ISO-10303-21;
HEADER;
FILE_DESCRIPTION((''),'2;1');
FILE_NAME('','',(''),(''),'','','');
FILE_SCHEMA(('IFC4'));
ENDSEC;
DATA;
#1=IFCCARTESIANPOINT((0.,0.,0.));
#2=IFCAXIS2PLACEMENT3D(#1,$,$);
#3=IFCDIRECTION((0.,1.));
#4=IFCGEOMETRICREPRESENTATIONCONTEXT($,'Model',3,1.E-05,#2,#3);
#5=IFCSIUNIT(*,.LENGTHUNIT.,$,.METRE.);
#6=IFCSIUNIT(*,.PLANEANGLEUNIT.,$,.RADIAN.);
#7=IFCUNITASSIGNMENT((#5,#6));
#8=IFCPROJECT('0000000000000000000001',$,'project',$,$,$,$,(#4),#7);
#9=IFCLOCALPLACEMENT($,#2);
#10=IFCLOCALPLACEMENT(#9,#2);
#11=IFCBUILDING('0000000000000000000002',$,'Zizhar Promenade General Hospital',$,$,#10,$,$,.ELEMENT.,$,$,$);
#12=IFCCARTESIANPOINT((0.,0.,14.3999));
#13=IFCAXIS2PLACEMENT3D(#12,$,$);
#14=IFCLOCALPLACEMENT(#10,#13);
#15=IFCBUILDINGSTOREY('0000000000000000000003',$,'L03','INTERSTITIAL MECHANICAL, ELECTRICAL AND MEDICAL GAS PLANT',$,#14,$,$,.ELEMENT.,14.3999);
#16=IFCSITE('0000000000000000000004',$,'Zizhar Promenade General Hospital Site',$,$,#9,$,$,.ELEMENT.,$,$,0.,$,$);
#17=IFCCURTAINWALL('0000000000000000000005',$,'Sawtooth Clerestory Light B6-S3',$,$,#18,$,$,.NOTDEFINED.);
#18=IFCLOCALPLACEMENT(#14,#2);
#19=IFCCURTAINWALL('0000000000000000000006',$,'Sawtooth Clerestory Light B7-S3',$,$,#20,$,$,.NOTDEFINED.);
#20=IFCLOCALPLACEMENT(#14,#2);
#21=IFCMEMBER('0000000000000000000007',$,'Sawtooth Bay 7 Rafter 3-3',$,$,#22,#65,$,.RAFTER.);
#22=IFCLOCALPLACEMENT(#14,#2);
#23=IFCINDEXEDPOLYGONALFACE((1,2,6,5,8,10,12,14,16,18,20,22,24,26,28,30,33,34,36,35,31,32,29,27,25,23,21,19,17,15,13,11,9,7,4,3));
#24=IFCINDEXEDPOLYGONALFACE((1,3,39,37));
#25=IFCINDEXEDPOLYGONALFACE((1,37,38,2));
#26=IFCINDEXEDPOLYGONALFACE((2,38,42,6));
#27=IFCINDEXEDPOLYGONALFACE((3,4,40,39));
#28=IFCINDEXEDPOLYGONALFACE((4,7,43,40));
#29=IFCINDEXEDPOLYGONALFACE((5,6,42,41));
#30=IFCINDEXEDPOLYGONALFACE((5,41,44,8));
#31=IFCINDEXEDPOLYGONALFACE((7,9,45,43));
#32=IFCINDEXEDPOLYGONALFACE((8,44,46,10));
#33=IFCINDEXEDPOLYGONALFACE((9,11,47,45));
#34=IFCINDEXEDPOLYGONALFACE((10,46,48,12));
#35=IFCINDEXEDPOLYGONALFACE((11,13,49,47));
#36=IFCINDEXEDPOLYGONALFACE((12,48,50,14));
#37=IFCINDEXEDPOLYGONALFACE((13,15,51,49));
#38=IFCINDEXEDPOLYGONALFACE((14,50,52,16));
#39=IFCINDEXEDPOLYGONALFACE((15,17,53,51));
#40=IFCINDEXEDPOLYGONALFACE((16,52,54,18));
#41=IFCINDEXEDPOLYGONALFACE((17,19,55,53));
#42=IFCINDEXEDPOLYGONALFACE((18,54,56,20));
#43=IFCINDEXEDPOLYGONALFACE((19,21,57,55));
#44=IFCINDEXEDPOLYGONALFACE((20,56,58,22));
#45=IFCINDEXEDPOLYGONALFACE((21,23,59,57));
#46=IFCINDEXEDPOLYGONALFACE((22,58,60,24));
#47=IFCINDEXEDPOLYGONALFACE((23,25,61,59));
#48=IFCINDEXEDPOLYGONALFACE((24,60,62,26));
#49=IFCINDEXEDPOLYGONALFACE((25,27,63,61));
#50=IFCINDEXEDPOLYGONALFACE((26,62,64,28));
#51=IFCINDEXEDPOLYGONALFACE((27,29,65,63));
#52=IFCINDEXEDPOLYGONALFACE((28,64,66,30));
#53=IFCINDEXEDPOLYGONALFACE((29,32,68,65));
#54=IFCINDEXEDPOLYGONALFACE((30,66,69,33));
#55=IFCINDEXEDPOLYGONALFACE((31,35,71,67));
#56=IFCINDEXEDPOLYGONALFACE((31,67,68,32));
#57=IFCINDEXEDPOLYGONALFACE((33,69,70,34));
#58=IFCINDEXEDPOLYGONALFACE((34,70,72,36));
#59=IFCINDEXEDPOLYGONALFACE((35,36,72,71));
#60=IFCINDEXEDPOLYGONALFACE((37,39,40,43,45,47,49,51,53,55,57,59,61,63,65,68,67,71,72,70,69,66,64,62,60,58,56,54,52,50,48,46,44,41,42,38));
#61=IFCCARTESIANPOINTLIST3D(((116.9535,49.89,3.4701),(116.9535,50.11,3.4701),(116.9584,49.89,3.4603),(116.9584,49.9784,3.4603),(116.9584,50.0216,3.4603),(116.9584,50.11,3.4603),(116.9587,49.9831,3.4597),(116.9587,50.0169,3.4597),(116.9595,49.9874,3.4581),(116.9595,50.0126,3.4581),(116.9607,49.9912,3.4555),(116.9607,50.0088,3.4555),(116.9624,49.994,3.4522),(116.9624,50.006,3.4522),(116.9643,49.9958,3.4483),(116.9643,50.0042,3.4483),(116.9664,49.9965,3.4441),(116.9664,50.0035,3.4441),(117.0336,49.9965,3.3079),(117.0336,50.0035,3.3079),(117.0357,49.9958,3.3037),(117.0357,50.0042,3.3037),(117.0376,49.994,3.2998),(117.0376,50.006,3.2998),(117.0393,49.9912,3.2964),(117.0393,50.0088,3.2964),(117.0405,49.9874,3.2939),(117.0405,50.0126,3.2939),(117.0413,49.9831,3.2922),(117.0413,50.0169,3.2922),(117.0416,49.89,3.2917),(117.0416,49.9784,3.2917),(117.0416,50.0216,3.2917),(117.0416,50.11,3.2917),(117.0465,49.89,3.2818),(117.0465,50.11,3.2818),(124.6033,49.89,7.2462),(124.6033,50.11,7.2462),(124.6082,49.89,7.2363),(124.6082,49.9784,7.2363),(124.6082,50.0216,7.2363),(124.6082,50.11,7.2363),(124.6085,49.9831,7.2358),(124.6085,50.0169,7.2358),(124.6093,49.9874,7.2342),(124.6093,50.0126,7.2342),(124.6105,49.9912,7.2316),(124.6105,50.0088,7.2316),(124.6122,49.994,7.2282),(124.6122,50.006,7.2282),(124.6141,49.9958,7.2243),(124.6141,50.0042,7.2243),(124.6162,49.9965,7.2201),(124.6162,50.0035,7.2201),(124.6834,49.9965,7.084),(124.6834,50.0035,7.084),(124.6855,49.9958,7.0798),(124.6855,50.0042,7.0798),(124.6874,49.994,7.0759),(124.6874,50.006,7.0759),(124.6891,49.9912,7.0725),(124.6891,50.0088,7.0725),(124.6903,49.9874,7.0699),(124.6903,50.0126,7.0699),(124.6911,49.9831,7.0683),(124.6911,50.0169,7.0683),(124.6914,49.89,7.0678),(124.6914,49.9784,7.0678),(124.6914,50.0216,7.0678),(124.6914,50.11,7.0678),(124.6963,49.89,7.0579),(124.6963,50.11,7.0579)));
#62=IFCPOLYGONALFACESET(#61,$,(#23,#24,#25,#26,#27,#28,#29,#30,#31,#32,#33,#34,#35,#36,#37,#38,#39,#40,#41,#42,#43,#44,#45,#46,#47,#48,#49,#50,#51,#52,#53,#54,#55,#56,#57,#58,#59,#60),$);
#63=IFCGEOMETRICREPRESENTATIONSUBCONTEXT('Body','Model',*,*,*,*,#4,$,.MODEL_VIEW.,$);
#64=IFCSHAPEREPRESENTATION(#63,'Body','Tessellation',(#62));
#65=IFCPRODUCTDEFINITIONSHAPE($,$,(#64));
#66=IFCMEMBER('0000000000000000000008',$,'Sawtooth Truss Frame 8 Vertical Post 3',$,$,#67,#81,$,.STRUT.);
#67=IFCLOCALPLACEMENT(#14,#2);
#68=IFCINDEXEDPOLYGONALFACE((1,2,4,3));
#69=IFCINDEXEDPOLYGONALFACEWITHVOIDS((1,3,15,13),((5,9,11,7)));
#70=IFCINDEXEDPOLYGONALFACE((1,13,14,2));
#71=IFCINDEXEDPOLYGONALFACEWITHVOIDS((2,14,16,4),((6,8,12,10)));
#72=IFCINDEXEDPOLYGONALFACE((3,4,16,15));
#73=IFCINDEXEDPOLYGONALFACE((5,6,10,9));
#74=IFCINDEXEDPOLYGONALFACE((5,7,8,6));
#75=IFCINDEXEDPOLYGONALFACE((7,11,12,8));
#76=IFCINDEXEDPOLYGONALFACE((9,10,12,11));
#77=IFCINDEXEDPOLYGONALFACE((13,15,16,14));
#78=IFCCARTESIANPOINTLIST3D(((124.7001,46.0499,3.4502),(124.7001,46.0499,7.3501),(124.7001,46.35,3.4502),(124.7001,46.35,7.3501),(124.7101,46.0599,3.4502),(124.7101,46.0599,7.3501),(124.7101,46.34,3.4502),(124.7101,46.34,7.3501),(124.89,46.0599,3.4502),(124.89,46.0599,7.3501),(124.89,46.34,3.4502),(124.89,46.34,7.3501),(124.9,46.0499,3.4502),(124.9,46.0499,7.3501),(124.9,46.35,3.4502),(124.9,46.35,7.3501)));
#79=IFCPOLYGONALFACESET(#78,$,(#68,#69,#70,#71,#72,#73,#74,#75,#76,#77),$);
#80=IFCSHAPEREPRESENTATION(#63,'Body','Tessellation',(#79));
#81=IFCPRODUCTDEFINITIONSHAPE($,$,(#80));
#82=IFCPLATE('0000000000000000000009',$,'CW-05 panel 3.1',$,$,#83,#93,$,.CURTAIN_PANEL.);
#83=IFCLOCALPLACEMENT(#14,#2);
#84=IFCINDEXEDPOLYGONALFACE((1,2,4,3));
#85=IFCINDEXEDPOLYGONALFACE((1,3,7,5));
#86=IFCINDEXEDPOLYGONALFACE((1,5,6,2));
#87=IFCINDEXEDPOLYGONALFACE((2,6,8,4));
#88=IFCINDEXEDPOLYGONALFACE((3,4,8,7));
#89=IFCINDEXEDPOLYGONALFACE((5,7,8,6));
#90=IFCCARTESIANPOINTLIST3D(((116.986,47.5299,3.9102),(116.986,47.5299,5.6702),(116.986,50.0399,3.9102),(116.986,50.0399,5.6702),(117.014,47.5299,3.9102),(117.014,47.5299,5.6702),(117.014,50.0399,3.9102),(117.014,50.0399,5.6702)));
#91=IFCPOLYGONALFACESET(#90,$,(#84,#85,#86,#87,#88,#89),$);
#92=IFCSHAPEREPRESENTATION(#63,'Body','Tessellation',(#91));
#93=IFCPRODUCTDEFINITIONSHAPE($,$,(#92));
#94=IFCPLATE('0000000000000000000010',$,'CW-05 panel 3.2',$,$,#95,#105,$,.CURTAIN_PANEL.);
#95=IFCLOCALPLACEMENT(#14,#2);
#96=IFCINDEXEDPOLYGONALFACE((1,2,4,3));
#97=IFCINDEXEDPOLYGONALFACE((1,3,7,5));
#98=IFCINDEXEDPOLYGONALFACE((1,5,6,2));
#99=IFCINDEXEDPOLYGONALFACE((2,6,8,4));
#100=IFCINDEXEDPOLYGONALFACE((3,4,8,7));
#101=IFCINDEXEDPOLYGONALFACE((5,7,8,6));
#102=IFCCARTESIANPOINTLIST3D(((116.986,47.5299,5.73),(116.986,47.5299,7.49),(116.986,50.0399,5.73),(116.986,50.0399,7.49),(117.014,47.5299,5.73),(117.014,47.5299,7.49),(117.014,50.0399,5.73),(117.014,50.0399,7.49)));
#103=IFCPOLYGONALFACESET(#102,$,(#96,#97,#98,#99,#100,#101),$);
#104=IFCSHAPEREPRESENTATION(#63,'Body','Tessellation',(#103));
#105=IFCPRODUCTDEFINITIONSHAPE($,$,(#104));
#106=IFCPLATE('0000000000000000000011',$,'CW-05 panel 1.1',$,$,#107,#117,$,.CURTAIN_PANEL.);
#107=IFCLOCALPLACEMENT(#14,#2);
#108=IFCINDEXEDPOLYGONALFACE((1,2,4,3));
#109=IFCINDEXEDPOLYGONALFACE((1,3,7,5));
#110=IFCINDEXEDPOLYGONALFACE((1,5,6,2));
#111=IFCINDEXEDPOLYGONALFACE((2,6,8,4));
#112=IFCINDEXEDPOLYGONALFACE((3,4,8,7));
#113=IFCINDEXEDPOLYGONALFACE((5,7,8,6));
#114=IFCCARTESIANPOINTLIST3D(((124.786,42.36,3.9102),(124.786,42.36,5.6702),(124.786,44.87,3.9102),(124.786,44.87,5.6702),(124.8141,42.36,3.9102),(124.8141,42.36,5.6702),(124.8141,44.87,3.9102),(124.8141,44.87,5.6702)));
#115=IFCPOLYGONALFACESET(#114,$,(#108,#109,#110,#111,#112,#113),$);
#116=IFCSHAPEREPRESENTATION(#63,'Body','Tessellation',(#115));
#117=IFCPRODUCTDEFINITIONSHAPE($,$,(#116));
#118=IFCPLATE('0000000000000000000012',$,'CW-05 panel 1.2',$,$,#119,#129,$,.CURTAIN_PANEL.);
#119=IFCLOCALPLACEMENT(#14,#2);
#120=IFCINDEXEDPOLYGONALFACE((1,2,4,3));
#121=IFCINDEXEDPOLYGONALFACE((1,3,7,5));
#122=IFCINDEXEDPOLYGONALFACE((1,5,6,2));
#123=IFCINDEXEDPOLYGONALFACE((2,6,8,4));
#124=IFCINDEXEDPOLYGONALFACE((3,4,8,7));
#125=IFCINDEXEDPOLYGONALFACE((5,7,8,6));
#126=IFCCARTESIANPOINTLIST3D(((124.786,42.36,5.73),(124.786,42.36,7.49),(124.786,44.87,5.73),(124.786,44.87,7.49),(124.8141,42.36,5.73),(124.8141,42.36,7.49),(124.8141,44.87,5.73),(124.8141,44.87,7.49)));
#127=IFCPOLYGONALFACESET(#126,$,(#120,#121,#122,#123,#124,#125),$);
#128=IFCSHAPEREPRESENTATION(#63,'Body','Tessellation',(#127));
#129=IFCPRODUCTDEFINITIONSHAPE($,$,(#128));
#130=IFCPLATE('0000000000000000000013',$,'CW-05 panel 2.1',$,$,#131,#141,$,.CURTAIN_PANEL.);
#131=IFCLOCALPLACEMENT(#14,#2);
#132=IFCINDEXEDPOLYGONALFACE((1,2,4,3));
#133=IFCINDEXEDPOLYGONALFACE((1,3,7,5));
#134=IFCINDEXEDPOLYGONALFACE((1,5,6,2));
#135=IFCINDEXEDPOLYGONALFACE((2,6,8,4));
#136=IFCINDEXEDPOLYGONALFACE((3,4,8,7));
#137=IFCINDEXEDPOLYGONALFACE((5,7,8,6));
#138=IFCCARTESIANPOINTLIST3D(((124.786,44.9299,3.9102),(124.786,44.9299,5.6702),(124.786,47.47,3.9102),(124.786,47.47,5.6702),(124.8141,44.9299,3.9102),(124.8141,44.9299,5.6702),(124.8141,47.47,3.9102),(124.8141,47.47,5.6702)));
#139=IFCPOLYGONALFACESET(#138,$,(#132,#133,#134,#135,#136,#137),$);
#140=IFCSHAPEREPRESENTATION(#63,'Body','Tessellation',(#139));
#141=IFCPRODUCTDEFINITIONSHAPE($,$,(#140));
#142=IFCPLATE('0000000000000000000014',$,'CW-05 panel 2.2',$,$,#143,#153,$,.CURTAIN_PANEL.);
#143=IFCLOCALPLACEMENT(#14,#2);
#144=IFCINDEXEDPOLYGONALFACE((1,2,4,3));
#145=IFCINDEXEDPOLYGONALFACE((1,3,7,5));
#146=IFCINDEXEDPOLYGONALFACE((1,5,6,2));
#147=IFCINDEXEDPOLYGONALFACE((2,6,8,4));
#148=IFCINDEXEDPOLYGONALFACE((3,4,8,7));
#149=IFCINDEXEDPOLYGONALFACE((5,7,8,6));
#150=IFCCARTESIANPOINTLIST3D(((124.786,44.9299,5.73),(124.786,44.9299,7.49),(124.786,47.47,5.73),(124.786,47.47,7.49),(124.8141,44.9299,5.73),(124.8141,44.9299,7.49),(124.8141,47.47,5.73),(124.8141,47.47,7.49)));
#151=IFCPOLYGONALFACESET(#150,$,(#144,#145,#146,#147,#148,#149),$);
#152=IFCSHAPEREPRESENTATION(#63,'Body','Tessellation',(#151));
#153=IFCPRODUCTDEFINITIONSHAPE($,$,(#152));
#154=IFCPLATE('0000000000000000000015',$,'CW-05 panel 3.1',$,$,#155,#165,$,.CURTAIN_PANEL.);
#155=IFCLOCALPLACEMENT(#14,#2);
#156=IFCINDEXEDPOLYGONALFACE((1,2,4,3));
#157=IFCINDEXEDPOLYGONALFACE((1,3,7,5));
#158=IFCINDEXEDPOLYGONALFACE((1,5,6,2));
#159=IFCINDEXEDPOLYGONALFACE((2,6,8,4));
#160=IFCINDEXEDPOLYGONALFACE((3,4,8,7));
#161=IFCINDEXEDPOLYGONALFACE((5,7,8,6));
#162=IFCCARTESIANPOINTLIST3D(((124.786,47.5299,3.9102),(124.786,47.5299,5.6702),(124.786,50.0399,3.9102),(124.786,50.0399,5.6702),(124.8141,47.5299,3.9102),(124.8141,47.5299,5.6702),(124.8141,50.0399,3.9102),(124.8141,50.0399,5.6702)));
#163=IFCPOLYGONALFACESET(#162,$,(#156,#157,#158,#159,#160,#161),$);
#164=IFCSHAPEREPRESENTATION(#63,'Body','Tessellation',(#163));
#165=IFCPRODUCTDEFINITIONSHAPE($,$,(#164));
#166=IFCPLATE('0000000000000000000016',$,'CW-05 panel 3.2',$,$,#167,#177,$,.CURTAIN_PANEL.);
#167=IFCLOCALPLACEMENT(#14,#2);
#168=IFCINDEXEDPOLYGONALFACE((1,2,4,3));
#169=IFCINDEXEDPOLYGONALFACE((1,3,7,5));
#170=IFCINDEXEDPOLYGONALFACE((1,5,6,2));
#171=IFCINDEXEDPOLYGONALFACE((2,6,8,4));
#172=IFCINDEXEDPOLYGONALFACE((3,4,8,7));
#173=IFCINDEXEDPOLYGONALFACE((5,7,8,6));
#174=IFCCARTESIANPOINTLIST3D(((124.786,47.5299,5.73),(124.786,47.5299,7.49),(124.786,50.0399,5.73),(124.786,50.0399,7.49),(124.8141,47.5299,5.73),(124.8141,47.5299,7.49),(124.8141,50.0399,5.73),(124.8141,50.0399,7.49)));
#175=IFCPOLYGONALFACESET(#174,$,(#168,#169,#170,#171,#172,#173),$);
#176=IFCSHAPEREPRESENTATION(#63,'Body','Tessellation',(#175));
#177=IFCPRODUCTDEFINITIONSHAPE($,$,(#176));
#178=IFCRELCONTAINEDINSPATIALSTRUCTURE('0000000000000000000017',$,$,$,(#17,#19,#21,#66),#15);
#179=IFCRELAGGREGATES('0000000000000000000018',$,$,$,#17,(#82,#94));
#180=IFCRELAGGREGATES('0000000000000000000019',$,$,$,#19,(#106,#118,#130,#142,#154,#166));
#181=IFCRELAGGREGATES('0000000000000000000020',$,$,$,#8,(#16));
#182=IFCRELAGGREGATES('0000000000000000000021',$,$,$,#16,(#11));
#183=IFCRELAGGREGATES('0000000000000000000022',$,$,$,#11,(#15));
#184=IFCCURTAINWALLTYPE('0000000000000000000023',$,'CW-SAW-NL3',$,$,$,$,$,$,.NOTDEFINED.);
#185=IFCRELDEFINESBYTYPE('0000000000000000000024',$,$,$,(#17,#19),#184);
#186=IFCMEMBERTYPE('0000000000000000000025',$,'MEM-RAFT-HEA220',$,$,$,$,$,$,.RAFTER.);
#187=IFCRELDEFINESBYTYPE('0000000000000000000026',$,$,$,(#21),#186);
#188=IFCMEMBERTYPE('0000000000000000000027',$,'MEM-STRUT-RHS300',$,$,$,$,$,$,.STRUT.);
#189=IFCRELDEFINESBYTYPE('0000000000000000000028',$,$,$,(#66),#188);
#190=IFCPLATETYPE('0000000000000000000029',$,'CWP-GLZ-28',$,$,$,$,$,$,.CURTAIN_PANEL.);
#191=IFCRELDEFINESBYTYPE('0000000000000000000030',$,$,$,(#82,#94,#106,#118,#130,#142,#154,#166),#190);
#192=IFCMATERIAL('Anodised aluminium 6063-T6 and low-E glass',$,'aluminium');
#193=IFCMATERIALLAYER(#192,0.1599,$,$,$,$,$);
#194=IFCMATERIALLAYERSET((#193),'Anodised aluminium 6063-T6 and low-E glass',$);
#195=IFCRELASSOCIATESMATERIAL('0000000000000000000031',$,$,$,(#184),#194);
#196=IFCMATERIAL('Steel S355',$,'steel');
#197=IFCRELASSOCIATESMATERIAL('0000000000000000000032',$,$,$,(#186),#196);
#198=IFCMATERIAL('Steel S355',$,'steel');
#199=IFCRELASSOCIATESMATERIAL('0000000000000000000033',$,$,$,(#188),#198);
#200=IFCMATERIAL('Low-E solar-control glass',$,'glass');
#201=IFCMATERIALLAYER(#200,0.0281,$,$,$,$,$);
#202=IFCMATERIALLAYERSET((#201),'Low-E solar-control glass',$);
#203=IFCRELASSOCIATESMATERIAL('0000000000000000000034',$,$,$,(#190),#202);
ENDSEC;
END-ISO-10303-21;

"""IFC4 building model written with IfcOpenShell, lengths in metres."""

from ifc_helpers import new_model, si_unit, direction, frame, origin, origin_2d, place, context, subcontext, project, spatial, rectangle, hollow_rectangle, i_section, extrude, material, layer, layer_set, material_profile, profile_set, type_object, element, aggregate, save


model = new_model("IFC4")

# Units and contexts
model_context = context("Model", 3, precision=1e-05, world=origin(), true_north=direction((0.0, 1.0)))
body_context = subcontext(model_context, "Body", "Model", "MODEL_VIEW")
ifc_project = project(units=[si_unit("LENGTHUNIT", "METRE"), si_unit("PLANEANGLEUNIT", "RADIAN")], contexts=[model_context])

# Site, building, storey
site_placement = place(None, origin())
site = spatial("IfcSite", under=ifc_project, at=site_placement, Name="Zizhar Promenade General Hospital Site", CompositionType="ELEMENT", RefElevation=0.0)
building_placement = place(site_placement, origin())
building = spatial("IfcBuilding", under=site, at=building_placement, Name="Zizhar Promenade General Hospital", CompositionType="ELEMENT")
storey_placement = place(building_placement, frame((0.0, 0.0, 14.3999)))
storey = spatial("IfcBuildingStorey", under=building, at=storey_placement, Name="L03", Description="INTERSTITIAL MECHANICAL, ELECTRICAL AND MEDICAL GAS PLANT", CompositionType="ELEMENT", Elevation=14.3999)

# Curtain wall
ifc_material_1 = material(Name="Anodised aluminium 6063-T6 and low-E glass", Category="aluminium")
ifc_layer_1 = layer(ifc_material_1, 0.1599)
ifc_layer_set_1 = layer_set([ifc_layer_1], Name="Anodised aluminium 6063-T6 and low-E glass")
curtain_wall_type = type_object("IfcCurtainWallType", Name="CW-SAW-NL3", PredefinedType="NOTDEFINED", material=ifc_layer_set_1)
curtain_wall_1_placement = place(storey_placement, origin())
curtain_wall_1 = element("IfcCurtainWall", 1, at=curtain_wall_1_placement, inside=storey, type_object=curtain_wall_type, Name="Sawtooth Clerestory Light B6-S3", PredefinedType="NOTDEFINED")

# Curtain wall
curtain_wall_2_placement = place(storey_placement, origin())
curtain_wall_2 = element("IfcCurtainWall", 2, at=curtain_wall_2_placement, inside=storey, type_object=curtain_wall_type, Name="Sawtooth Clerestory Light B7-S3", PredefinedType="NOTDEFINED")

# Members
ifc_material_2 = material(Name="Steel S355", Category="steel")
ifc_material_profile_1 = material_profile(ifc_material_2, i_section(OverallWidth=0.22, OverallDepth=0.21, WebThickness=0.0071, FlangeThickness=0.011, FilletRadius=0.0181, at=origin_2d()))
ifc_profile_set_1 = profile_set([ifc_material_profile_1], Name="Steel S355")
member_type_1 = type_object("IfcMemberType", Name="MEM-RAFT-HEA220", PredefinedType="RAFTER", material=ifc_profile_set_1)
member_1_placement = place(storey_placement, frame((117.0, 50.0, 3.376), z_axis=(0.896705, 0.0, 0.442629), x_axis=(0.0, 1.0, 0.0)))
element("IfcMember", 3, at=member_1_placement, inside=storey, type_object=member_type_1, Name="Sawtooth Bay 7 Rafter 3-3", PredefinedType="RAFTER", context=body_context, shape_type="SweptSolid", body=[
    extrude(i_section(OverallWidth=0.22, OverallDepth=0.21, WebThickness=0.0071, FlangeThickness=0.011, FilletRadius=0.0181, at=origin_2d()), origin(), (0.0, 0.0, 1.0), 8.531),
])
ifc_material_3 = material(Name="Steel S355", Category="steel")
ifc_material_profile_2 = material_profile(ifc_material_3, hollow_rectangle(XDim=0.2, YDim=0.3, WallThickness=0.01, at=origin_2d()))
ifc_profile_set_2 = profile_set([ifc_material_profile_2], Name="Steel S355")
member_type_2 = type_object("IfcMemberType", Name="MEM-STRUT-RHS300", PredefinedType="STRUT", material=ifc_profile_set_2)
member_2_placement = place(storey_placement, frame((124.8, 46.2, 3.4502), z_axis=(0.0, 0.0, 1.0), x_axis=(1.0, 0.0, 0.0)))
element("IfcMember", 4, at=member_2_placement, inside=storey, type_object=member_type_2, Name="Sawtooth Truss Frame 8 Vertical Post 3", PredefinedType="STRUT", context=body_context, shape_type="SweptSolid", body=[
    extrude(hollow_rectangle(XDim=0.2, YDim=0.3, WallThickness=0.01, at=origin_2d()), origin(), (0.0, 0.0, 1.0), 3.8999),
])

# Plates
ifc_material_4 = material(Name="Low-E solar-control glass", Category="glass")
ifc_layer_2 = layer(ifc_material_4, 0.0281)
ifc_layer_set_2 = layer_set([ifc_layer_2], Name="Low-E solar-control glass")
plate_type = type_object("IfcPlateType", Name="CWP-GLZ-28", PredefinedType="CURTAIN_PANEL", material=ifc_layer_set_2)
plate_1_placement = place(storey_placement, frame((117.0, 48.7849, 3.9102), z_axis=(0.0, 0.0, 1.0), x_axis=(0.0, 1.0, 0.0)))
plate_1 = element("IfcPlate", 5, at=plate_1_placement, type_object=plate_type, Name="CW-05 panel 3.1", PredefinedType="CURTAIN_PANEL", context=body_context, shape_type="SweptSolid", body=[
    extrude(rectangle(XDim=2.51, YDim=0.0281, at=origin_2d()), origin(), (0.0, 0.0, 1.0), 1.76),
])
plate_2_placement = place(storey_placement, frame((117.0, 48.7849, 5.73), z_axis=(0.0, 0.0, 1.0), x_axis=(0.0, 1.0, 0.0)))
plate_2 = element("IfcPlate", 6, at=plate_2_placement, type_object=plate_type, Name="CW-05 panel 3.2", PredefinedType="CURTAIN_PANEL", context=body_context, shape_type="SweptSolid", body=[
    extrude(rectangle(XDim=2.51, YDim=0.0281, at=origin_2d()), origin(), (0.0, 0.0, 1.0), 1.76),
])
aggregate(curtain_wall_1, [plate_1, plate_2])
plate_3_placement = place(storey_placement, frame((124.8, 43.615, 3.9102), z_axis=(0.0, 0.0, 1.0), x_axis=(0.0, 1.0, 0.0)))
plate_3 = element("IfcPlate", 7, at=plate_3_placement, type_object=plate_type, Name="CW-05 panel 1.1", PredefinedType="CURTAIN_PANEL", context=body_context, shape_type="SweptSolid", body=[
    extrude(rectangle(XDim=2.51, YDim=0.0281, at=origin_2d()), origin(), (0.0, 0.0, 1.0), 1.76),
])
plate_4_placement = place(storey_placement, frame((124.8, 43.615, 5.73), z_axis=(0.0, 0.0, 1.0), x_axis=(0.0, 1.0, 0.0)))
plate_4 = element("IfcPlate", 8, at=plate_4_placement, type_object=plate_type, Name="CW-05 panel 1.2", PredefinedType="CURTAIN_PANEL", context=body_context, shape_type="SweptSolid", body=[
    extrude(rectangle(XDim=2.51, YDim=0.0281, at=origin_2d()), origin(), (0.0, 0.0, 1.0), 1.76),
])
plate_5_placement = place(storey_placement, frame((124.8, 46.2, 3.9102), z_axis=(0.0, 0.0, 1.0), x_axis=(0.0, 1.0, 0.0)))
plate_5 = element("IfcPlate", 9, at=plate_5_placement, type_object=plate_type, Name="CW-05 panel 2.1", PredefinedType="CURTAIN_PANEL", context=body_context, shape_type="SweptSolid", body=[
    extrude(rectangle(XDim=2.54, YDim=0.0281, at=origin_2d()), origin(), (0.0, 0.0, 1.0), 1.76),
])
plate_6_placement = place(storey_placement, frame((124.8, 46.2, 5.73), z_axis=(0.0, 0.0, 1.0), x_axis=(0.0, 1.0, 0.0)))
plate_6 = element("IfcPlate", 10, at=plate_6_placement, type_object=plate_type, Name="CW-05 panel 2.2", PredefinedType="CURTAIN_PANEL", context=body_context, shape_type="SweptSolid", body=[
    extrude(rectangle(XDim=2.54, YDim=0.0281, at=origin_2d()), origin(), (0.0, 0.0, 1.0), 1.76),
])
plate_7_placement = place(storey_placement, frame((124.8, 48.7849, 3.9102), z_axis=(0.0, 0.0, 1.0), x_axis=(0.0, 1.0, 0.0)))
plate_7 = element("IfcPlate", 11, at=plate_7_placement, type_object=plate_type, Name="CW-05 panel 3.1", PredefinedType="CURTAIN_PANEL", context=body_context, shape_type="SweptSolid", body=[
    extrude(rectangle(XDim=2.51, YDim=0.0281, at=origin_2d()), origin(), (0.0, 0.0, 1.0), 1.76),
])
plate_8_placement = place(storey_placement, frame((124.8, 48.7849, 5.73), z_axis=(0.0, 0.0, 1.0), x_axis=(0.0, 1.0, 0.0)))
plate_8 = element("IfcPlate", 12, at=plate_8_placement, type_object=plate_type, Name="CW-05 panel 3.2", PredefinedType="CURTAIN_PANEL", context=body_context, shape_type="SweptSolid", body=[
    extrude(rectangle(XDim=2.51, YDim=0.0281, at=origin_2d()), origin(), (0.0, 0.0, 1.0), 1.76),
])
aggregate(curtain_wall_2, [plate_3, plate_4, plate_5, plate_6, plate_7, plate_8])

save(model, "model.ifc")
